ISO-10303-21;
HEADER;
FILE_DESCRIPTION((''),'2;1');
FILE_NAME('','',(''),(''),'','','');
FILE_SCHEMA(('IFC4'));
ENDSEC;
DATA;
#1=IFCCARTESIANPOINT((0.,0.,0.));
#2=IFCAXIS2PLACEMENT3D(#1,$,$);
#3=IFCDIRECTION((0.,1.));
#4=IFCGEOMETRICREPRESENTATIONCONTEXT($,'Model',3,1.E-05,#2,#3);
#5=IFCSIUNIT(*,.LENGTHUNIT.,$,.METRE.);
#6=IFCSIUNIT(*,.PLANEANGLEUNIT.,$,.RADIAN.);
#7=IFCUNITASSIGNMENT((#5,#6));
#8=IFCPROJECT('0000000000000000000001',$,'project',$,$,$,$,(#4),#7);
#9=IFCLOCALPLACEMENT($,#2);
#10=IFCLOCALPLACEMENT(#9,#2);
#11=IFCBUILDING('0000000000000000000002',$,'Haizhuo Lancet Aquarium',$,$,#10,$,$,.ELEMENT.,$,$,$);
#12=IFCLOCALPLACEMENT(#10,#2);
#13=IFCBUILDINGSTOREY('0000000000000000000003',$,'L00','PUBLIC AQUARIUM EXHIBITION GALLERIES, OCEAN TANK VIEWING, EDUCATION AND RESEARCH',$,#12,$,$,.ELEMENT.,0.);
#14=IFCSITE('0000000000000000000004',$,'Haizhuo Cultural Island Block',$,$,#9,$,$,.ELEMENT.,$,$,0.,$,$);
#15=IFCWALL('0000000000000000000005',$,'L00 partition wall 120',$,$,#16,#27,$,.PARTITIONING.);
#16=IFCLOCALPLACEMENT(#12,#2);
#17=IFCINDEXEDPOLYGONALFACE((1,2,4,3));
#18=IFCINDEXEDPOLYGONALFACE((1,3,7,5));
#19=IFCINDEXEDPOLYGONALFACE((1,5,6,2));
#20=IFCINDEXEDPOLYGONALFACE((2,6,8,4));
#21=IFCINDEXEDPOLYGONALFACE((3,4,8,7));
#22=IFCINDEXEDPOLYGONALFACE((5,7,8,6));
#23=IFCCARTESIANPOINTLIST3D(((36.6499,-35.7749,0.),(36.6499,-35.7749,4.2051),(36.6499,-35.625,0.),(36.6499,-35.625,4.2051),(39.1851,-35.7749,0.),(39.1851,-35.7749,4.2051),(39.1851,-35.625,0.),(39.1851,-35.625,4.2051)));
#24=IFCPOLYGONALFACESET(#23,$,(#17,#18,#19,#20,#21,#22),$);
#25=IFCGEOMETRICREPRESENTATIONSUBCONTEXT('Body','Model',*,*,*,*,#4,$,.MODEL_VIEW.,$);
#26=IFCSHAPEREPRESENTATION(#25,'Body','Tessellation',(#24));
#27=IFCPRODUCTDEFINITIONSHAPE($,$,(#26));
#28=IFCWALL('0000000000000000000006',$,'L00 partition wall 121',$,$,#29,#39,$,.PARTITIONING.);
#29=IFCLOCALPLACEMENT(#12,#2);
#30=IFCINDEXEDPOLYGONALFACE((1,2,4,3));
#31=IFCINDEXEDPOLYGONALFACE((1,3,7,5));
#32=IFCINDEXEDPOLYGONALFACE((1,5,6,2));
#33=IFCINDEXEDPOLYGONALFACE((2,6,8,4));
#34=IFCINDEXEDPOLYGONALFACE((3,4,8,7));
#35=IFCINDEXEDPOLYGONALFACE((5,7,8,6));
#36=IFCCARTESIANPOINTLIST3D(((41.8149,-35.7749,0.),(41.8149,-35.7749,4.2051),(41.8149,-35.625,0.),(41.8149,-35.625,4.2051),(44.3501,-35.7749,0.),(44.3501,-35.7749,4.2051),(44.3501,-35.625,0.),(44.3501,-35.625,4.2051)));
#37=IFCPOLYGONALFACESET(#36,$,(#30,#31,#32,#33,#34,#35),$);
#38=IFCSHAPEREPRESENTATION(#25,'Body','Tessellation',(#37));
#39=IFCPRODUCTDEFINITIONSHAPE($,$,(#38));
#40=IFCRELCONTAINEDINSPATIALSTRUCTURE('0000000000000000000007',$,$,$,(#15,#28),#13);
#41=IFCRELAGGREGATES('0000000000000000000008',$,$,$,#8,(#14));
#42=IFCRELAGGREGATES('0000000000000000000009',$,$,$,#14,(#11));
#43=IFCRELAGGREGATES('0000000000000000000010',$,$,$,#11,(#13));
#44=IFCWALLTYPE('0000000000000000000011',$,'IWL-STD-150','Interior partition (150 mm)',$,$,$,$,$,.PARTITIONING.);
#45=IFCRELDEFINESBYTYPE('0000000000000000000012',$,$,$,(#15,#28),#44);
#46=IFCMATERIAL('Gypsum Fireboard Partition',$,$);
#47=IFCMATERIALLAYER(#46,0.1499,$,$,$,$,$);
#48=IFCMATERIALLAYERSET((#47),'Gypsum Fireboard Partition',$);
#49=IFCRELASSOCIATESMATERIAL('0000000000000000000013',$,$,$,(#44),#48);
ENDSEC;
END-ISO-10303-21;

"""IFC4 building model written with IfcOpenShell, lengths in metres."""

from ifc_helpers import new_model, si_unit, direction, frame, frame_2d, origin, place, context, subcontext, project, spatial, rectangle, extrude, material, layer, layer_set, type_object, element, save


model = new_model("IFC4")

# Units and contexts
model_context = context("Model", 3, precision=1e-05, world=origin(), true_north=direction((0.0, 1.0)))
body_context = subcontext(model_context, "Body", "Model", "MODEL_VIEW")
ifc_project = project(units=[si_unit("LENGTHUNIT", "METRE"), si_unit("PLANEANGLEUNIT", "RADIAN")], contexts=[model_context])

# Site, building, storey
site_placement = place(None, origin())
site = spatial("IfcSite", under=ifc_project, at=site_placement, Name="Haizhuo Cultural Island Block", CompositionType="ELEMENT", RefElevation=0.0)
building_placement = place(site_placement, origin())
building = spatial("IfcBuilding", under=site, at=building_placement, Name="Haizhuo Lancet Aquarium", CompositionType="ELEMENT")
storey_placement = place(building_placement, origin())
storey = spatial("IfcBuildingStorey", under=building, at=storey_placement, Name="L00", Description="PUBLIC AQUARIUM EXHIBITION GALLERIES, OCEAN TANK VIEWING, EDUCATION AND RESEARCH", CompositionType="ELEMENT", Elevation=0.0)

# Walls
ifc_material_1 = material(Name="Gypsum Fireboard Partition")
ifc_layer_1 = layer(ifc_material_1, 0.1499)
ifc_layer_set_1 = layer_set([ifc_layer_1], Name="Gypsum Fireboard Partition")
wall_type_1 = type_object("IfcWallType", Name="IWL-STD-150", Description="Interior partition (150 mm)", PredefinedType="PARTITIONING", material=ifc_layer_set_1)
for number, where, z_axis, x_axis, name in (
    (1, (36.6499, -35.7, 0.0), (0.0, 0.0, 1.0), (1.0, 0.0, 0.0), "L00 partition wall 120"),
    (2, (41.8149, -35.7, 0.0), (0.0, 0.0, 1.0), (1.0, 0.0, 0.0), "L00 partition wall 121"),
):
    element("IfcWall", number, at=place(storey_placement, frame(where, z_axis=z_axis, x_axis=x_axis)), inside=storey, type_object=wall_type_1, Name=name, PredefinedType="PARTITIONING", context=body_context, shape_type="SweptSolid", body=[
        extrude(rectangle(XDim=2.5352, YDim=0.1499, at=frame_2d((1.2676, 0.0))), origin(), (0.0, 0.0, 1.0), 4.2051),
    ])

save(model, "model.ifc")
